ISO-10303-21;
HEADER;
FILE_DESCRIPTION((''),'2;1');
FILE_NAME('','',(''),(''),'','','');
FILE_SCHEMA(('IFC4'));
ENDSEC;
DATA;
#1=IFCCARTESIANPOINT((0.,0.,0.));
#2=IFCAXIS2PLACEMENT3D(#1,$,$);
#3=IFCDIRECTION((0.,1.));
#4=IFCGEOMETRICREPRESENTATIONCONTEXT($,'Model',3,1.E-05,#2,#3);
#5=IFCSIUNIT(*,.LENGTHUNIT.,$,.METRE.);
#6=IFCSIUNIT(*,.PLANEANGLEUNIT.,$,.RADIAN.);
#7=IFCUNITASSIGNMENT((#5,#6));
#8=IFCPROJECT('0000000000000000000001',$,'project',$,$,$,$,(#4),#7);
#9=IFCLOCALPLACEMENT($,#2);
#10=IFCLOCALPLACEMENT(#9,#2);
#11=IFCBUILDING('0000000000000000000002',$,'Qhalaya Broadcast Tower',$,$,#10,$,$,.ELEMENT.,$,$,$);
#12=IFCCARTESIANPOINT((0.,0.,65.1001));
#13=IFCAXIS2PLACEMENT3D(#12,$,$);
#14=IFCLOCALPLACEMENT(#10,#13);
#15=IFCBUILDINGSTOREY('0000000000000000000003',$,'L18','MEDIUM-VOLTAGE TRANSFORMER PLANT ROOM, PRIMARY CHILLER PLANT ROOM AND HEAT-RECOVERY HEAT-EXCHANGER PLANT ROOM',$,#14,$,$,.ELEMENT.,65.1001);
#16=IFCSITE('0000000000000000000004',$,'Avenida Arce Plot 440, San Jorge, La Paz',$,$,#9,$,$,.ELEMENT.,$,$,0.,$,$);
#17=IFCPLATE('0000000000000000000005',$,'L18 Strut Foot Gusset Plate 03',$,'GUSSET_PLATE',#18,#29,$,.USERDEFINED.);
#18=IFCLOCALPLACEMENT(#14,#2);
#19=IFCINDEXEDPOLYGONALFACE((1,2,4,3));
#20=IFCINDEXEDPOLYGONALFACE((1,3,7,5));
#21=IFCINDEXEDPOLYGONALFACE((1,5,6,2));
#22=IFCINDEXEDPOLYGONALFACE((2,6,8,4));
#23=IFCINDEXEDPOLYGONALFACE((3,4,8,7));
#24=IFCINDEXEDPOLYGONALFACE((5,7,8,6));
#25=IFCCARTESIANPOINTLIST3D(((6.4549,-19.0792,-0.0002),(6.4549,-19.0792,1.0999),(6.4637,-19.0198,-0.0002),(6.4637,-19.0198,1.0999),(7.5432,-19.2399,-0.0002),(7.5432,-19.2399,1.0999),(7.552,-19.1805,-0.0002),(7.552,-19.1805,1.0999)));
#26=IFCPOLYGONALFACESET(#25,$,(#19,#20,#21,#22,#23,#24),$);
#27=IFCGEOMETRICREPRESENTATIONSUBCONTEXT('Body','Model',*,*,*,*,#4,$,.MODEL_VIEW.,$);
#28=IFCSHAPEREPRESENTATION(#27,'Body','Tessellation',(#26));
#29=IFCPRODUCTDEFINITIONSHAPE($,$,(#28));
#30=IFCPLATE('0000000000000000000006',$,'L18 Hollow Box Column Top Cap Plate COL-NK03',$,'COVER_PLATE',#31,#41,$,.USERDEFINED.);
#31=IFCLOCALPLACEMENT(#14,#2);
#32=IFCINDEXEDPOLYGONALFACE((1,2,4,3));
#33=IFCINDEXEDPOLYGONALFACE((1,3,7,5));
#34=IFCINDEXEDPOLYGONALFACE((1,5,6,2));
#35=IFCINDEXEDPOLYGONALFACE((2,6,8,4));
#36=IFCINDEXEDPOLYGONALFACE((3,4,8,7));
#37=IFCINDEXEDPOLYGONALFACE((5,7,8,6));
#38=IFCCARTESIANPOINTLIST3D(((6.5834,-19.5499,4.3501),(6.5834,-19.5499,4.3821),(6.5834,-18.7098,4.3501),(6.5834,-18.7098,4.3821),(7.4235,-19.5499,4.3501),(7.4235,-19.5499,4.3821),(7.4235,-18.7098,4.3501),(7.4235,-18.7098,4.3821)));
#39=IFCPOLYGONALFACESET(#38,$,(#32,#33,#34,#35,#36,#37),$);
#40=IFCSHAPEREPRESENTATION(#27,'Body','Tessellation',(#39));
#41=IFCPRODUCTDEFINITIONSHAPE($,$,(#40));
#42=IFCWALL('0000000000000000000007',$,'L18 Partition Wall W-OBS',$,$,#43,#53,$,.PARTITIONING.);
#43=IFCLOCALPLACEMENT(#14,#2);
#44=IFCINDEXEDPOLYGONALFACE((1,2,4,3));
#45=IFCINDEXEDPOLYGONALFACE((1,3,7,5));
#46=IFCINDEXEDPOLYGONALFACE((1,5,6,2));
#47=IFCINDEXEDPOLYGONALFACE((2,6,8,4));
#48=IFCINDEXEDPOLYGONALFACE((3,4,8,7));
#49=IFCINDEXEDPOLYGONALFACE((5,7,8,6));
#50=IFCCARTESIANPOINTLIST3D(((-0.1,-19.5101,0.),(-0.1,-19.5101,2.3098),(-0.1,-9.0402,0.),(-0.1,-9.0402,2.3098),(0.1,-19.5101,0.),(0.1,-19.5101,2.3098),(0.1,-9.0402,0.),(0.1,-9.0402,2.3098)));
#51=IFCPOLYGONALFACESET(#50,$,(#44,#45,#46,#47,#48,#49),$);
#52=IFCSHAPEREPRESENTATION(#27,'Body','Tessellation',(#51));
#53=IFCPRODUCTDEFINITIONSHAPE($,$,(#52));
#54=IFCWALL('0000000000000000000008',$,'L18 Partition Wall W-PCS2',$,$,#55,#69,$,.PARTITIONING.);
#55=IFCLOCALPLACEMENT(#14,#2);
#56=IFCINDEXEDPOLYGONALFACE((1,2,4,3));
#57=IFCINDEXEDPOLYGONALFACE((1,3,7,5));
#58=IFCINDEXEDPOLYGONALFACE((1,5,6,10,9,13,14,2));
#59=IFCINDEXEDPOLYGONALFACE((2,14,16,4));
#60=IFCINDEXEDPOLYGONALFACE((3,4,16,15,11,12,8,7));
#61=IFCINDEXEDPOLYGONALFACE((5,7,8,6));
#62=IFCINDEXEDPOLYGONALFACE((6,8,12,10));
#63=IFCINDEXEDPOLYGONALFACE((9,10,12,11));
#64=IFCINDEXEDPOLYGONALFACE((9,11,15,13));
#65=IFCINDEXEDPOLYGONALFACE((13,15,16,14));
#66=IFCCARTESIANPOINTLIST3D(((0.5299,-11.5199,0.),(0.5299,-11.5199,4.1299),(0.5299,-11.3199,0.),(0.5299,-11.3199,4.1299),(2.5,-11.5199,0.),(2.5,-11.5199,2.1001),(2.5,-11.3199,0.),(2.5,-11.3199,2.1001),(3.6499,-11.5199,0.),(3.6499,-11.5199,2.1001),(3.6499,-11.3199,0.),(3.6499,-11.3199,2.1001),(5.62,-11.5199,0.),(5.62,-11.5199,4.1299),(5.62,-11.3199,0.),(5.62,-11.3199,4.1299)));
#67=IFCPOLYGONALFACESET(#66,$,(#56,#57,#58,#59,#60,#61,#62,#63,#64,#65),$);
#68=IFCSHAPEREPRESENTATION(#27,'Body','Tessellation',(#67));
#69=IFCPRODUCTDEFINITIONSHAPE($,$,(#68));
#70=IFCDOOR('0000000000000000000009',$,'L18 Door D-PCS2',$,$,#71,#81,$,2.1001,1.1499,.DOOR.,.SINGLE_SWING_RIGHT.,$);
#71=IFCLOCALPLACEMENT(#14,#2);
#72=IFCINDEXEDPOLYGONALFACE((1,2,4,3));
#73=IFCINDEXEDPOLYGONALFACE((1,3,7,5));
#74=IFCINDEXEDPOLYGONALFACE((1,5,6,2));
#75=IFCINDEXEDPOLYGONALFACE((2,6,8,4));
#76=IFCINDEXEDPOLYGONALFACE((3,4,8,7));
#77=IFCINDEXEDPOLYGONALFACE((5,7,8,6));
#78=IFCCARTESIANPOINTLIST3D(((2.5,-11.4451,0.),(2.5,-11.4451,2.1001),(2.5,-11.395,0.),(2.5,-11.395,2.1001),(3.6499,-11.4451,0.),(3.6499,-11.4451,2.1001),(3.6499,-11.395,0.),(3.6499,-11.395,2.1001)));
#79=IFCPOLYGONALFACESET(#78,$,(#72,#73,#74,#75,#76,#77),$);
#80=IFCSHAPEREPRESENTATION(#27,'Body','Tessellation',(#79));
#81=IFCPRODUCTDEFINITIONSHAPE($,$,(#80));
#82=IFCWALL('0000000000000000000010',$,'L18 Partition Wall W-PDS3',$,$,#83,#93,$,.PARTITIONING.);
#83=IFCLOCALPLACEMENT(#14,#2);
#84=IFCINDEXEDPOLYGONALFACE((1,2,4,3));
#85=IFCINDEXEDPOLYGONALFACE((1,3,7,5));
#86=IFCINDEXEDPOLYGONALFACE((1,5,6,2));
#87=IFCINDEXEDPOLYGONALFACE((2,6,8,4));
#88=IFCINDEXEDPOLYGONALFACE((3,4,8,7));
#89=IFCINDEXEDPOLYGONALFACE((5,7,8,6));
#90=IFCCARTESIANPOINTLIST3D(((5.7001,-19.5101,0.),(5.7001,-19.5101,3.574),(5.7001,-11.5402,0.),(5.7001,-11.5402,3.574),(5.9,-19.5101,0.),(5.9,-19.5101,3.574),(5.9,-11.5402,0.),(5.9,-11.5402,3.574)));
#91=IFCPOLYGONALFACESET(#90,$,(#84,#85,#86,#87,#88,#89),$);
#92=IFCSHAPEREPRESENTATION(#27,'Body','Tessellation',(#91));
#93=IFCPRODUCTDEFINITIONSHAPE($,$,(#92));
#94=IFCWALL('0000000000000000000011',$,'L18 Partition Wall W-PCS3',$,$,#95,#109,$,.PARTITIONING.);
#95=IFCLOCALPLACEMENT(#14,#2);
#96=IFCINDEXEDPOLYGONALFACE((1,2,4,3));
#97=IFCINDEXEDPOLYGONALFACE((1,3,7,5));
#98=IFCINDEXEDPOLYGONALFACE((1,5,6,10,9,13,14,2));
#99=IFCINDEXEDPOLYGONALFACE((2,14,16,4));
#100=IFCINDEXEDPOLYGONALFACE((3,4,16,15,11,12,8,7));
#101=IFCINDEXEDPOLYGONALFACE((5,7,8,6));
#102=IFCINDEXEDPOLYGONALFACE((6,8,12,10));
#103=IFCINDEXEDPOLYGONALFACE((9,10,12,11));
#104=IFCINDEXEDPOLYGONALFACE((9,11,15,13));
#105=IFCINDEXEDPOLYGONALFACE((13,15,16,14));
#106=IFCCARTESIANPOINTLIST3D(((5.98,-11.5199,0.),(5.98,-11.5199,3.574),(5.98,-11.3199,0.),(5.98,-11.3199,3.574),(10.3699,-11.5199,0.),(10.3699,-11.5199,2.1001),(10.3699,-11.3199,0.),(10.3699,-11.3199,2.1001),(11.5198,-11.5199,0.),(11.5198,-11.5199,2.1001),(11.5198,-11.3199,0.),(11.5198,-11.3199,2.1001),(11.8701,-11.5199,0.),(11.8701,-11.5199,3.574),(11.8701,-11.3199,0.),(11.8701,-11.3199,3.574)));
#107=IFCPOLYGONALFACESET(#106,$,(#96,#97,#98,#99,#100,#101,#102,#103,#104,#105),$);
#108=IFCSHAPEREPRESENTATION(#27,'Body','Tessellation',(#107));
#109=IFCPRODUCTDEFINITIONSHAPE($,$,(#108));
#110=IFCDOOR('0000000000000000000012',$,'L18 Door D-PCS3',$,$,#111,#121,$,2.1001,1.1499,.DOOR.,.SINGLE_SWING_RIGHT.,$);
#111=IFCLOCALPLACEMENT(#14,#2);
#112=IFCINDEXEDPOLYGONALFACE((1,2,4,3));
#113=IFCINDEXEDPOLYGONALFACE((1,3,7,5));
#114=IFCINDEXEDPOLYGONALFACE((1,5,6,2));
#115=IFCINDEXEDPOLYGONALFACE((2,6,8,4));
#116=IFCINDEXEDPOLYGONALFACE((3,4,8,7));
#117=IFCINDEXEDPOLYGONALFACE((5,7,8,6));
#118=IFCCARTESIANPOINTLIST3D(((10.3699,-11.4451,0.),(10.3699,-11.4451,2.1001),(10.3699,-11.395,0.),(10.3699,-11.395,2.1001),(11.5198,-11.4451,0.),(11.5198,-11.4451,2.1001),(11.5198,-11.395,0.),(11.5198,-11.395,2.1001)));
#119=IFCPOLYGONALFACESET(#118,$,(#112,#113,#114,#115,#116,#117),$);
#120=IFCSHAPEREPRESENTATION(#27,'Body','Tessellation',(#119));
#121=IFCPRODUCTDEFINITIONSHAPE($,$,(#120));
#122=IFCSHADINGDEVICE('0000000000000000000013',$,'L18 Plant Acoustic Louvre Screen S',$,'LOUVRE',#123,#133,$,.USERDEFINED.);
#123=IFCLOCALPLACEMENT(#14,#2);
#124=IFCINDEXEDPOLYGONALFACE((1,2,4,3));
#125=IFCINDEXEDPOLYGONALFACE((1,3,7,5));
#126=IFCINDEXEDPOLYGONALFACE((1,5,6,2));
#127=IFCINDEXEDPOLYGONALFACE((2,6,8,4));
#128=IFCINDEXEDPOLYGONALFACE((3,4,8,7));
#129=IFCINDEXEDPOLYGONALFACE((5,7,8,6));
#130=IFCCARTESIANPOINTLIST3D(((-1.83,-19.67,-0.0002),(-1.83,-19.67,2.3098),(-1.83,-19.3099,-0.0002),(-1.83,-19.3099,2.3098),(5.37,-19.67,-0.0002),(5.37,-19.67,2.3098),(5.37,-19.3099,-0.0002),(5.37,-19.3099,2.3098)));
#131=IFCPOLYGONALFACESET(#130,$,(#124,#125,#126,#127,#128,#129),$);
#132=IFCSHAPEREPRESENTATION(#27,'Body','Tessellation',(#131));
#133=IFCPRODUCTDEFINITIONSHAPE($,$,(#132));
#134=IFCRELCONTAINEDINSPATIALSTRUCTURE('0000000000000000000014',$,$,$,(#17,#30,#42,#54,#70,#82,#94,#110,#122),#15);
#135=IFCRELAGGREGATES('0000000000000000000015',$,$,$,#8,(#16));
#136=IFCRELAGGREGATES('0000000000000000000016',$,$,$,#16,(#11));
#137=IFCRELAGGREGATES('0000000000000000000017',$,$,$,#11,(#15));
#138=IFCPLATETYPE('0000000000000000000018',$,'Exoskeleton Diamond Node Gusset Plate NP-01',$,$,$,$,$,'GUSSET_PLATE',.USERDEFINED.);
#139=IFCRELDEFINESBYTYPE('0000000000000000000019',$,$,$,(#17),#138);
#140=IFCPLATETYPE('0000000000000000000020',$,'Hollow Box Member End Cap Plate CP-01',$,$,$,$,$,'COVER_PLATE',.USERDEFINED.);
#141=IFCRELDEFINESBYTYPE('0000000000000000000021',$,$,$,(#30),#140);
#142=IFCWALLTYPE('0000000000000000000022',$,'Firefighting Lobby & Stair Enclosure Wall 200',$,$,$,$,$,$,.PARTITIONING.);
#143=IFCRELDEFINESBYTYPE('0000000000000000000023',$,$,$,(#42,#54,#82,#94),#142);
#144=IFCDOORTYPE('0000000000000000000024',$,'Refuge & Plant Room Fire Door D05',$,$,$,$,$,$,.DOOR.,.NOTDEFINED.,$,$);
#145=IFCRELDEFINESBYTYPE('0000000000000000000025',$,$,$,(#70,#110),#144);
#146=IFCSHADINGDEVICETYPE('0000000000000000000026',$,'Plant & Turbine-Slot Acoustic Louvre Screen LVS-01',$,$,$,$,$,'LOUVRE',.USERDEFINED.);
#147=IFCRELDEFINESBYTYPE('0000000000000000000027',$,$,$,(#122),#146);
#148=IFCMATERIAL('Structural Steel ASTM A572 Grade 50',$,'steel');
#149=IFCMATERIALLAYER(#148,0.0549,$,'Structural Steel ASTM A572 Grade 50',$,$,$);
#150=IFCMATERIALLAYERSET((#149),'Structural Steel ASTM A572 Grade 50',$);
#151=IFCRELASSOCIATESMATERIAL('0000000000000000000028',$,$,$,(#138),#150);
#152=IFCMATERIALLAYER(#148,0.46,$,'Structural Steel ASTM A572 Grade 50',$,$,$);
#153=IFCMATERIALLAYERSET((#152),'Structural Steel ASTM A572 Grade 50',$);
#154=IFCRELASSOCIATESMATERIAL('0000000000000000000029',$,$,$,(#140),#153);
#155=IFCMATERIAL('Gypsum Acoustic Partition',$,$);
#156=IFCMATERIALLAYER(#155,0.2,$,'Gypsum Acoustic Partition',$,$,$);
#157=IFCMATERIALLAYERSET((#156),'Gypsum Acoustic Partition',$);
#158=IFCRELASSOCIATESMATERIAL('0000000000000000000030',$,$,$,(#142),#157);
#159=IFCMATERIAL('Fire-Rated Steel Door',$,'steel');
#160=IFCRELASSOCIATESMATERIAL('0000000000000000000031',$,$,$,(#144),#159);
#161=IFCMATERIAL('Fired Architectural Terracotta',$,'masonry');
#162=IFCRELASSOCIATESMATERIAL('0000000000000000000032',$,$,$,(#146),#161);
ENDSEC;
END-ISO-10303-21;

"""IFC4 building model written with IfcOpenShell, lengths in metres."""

from ifc_helpers import new_model, si_unit, direction, frame, frame_2d, origin, origin_2d, place, context, subcontext, project, spatial, rectangle, extrude, material, layer, layer_set, type_object, element, fill, save


model = new_model("IFC4")

# Units and contexts
model_context = context("Model", 3, precision=1e-05, world=origin(), true_north=direction((0.0, 1.0)))
body_context = subcontext(model_context, "Body", "Model", "MODEL_VIEW")
ifc_project = project(units=[si_unit("LENGTHUNIT", "METRE"), si_unit("PLANEANGLEUNIT", "RADIAN")], contexts=[model_context])

# Site, building, storey
site_placement = place(None, origin())
site = spatial("IfcSite", under=ifc_project, at=site_placement, Name="Avenida Arce Plot 440, San Jorge, La Paz", CompositionType="ELEMENT", RefElevation=0.0)
building_placement = place(site_placement, origin())
building = spatial("IfcBuilding", under=site, at=building_placement, Name="Qhalaya Broadcast Tower", CompositionType="ELEMENT")
storey_placement = place(building_placement, frame((0.0, 0.0, 65.1001)))
storey = spatial("IfcBuildingStorey", under=building, at=storey_placement, Name="L18", Description="MEDIUM-VOLTAGE TRANSFORMER PLANT ROOM, PRIMARY CHILLER PLANT ROOM AND HEAT-RECOVERY HEAT-EXCHANGER PLANT ROOM", CompositionType="ELEMENT", Elevation=65.1001)

# Shared definitions
ifc_material_1 = material(Name="Structural Steel ASTM A572 Grade 50", Category="steel")

# Plates
ifc_layer_1 = layer(ifc_material_1, 0.0549, Name="Structural Steel ASTM A572 Grade 50")
ifc_layer_set_1 = layer_set([ifc_layer_1], Name="Structural Steel ASTM A572 Grade 50")
plate_type_1 = type_object("IfcPlateType", Name="Exoskeleton Diamond Node Gusset Plate NP-01", ElementType="GUSSET_PLATE", PredefinedType="USERDEFINED", material=ifc_layer_set_1)
plate_1_placement = place(storey_placement, frame((7.0034, -19.1299, -0.0002), z_axis=(0.0, 0.0, 1.0), x_axis=(0.989272, -0.146083, 0.0)))
element("IfcPlate", 1, at=plate_1_placement, inside=storey, type_object=plate_type_1, Name="L18 Strut Foot Gusset Plate 03", ObjectType="GUSSET_PLATE", PredefinedType="USERDEFINED", context=body_context, shape_type="SweptSolid", body=[
    extrude(rectangle(XDim=1.1001, YDim=0.0601, at=origin_2d()), origin(), (0.0, 0.0, 1.0), 1.1001),
])
ifc_layer_2 = layer(ifc_material_1, 0.46, Name="Structural Steel ASTM A572 Grade 50")
ifc_layer_set_2 = layer_set([ifc_layer_2], Name="Structural Steel ASTM A572 Grade 50")
plate_type_2 = type_object("IfcPlateType", Name="Hollow Box Member End Cap Plate CP-01", ElementType="COVER_PLATE", PredefinedType="USERDEFINED", material=ifc_layer_set_2)
plate_2_placement = place(storey_placement, frame((7.0034, -19.1299, 4.3501), z_axis=(0.0, 0.0, 1.0), x_axis=(1.0, 0.0, 0.0)))
element("IfcPlate", 2, at=plate_2_placement, inside=storey, type_object=plate_type_2, Name="L18 Hollow Box Column Top Cap Plate COL-NK03", ObjectType="COVER_PLATE", PredefinedType="USERDEFINED", context=body_context, shape_type="SweptSolid", body=[
    extrude(rectangle(XDim=0.8401, YDim=0.8401, at=origin_2d()), origin(), (0.0, 0.0, 1.0), 0.032),
])

# Wall
ifc_material_2 = material(Name="Gypsum Acoustic Partition")
ifc_layer_3 = layer(ifc_material_2, 0.2, Name="Gypsum Acoustic Partition")
ifc_layer_set_3 = layer_set([ifc_layer_3], Name="Gypsum Acoustic Partition")
wall_type = type_object("IfcWallType", Name="Firefighting Lobby & Stair Enclosure Wall 200", PredefinedType="PARTITIONING", material=ifc_layer_set_3)
wall_1_placement = place(storey_placement, frame((0.0, -19.51, 0.0), z_axis=(0.0, 0.0, 1.0), x_axis=(0.0, 1.0, 0.0)))
element("IfcWall", 3, at=wall_1_placement, inside=storey, type_object=wall_type, Name="L18 Partition Wall W-OBS", PredefinedType="PARTITIONING", context=body_context, shape_type="SweptSolid", body=[
    extrude(rectangle(XDim=10.47, YDim=0.2, at=frame_2d((5.2349, 0.0))), origin(), (0.0, 0.0, 1.0), 2.3098),
])

# Wall, opening, door
wall_2_placement = place(storey_placement, frame((0.53, -11.4199, 0.0), z_axis=(0.0, 0.0, 1.0), x_axis=(1.0, 0.0, 0.0)))
wall_2 = element("IfcWall", 4, at=wall_2_placement, inside=storey, type_object=wall_type, Name="L18 Partition Wall W-PCS2", PredefinedType="PARTITIONING", context=body_context, shape_type="SweptSolid", body=[
    extrude(rectangle(XDim=5.0901, YDim=0.2, at=frame_2d((2.5449, 0.0))), origin(), (0.0, 0.0, 1.0), 4.1299),
])
opening_1_placement = place(wall_2_placement, frame((1.97, 0.0, 0.0)))
opening_1 = element("IfcOpeningElement", 5, at=opening_1_placement, cuts=wall_2, PredefinedType="OPENING", context=body_context, shape_type="SweptSolid", body=[
    extrude(rectangle(XDim=1.1499, YDim=2.1001, at=frame_2d((0.575, 1.05))), frame((0.0, 0.1121, 0.0), z_axis=(0.0, -1.0, 0.0), x_axis=(1.0, 0.0, 0.0)), (0.0, 0.0, 1.0), 0.2239),
])
ifc_material_3 = material(Name="Fire-Rated Steel Door", Category="steel")
door_type = type_object("IfcDoorType", Name="Refuge & Plant Room Fire Door D05", OperationType="NOTDEFINED", PredefinedType="DOOR", material=ifc_material_3)
door_1_placement = place(opening_1_placement, origin())
door_1 = element("IfcDoor", 6, at=door_1_placement, inside=storey, type_object=door_type, Name="L18 Door D-PCS2", OperationType="SINGLE_SWING_RIGHT", OverallHeight=2.1001, OverallWidth=1.1499, PredefinedType="DOOR", context=body_context, shape_type="SweptSolid", body=[
    extrude(rectangle(XDim=1.1499, YDim=2.1001, at=frame_2d((0.575, 1.05))), frame((0.0, 0.0249, 0.0), z_axis=(0.0, -1.0, 0.0), x_axis=(1.0, 0.0, 0.0)), (0.0, 0.0, 1.0), 0.05),
])
fill(opening_1, door_1)

# Wall
wall_3_placement = place(storey_placement, frame((5.8, -19.51, 0.0), z_axis=(0.0, 0.0, 1.0), x_axis=(0.0, 1.0, 0.0)))
element("IfcWall", 7, at=wall_3_placement, inside=storey, type_object=wall_type, Name="L18 Partition Wall W-PDS3", PredefinedType="PARTITIONING", context=body_context, shape_type="SweptSolid", body=[
    extrude(rectangle(XDim=7.97, YDim=0.2, at=frame_2d((3.9849, 0.0))), origin(), (0.0, 0.0, 1.0), 3.574),
])

# Wall, opening, door
wall_4_placement = place(storey_placement, frame((5.98, -11.4199, 0.0), z_axis=(0.0, 0.0, 1.0), x_axis=(1.0, 0.0, 0.0)))
wall_4 = element("IfcWall", 8, at=wall_4_placement, inside=storey, type_object=wall_type, Name="L18 Partition Wall W-PCS3", PredefinedType="PARTITIONING", context=body_context, shape_type="SweptSolid", body=[
    extrude(rectangle(XDim=5.8901, YDim=0.2, at=frame_2d((2.9451, 0.0))), origin(), (0.0, 0.0, 1.0), 3.574),
])
opening_2_placement = place(wall_4_placement, frame((4.3899, 0.0, 0.0)))
opening_2 = element("IfcOpeningElement", 9, at=opening_2_placement, cuts=wall_4, PredefinedType="OPENING", context=body_context, shape_type="SweptSolid", body=[
    extrude(rectangle(XDim=1.1499, YDim=2.1001, at=frame_2d((0.575, 1.05))), frame((0.0, 0.1121, 0.0), z_axis=(0.0, -1.0, 0.0), x_axis=(1.0, 0.0, 0.0)), (0.0, 0.0, 1.0), 0.2239),
])
door_2_placement = place(opening_2_placement, origin())
door_2 = element("IfcDoor", 10, at=door_2_placement, inside=storey, type_object=door_type, Name="L18 Door D-PCS3", OperationType="SINGLE_SWING_RIGHT", OverallHeight=2.1001, OverallWidth=1.1499, PredefinedType="DOOR", context=body_context, shape_type="SweptSolid", body=[
    extrude(rectangle(XDim=1.1499, YDim=2.1001, at=frame_2d((0.575, 1.05))), frame((0.0, 0.0249, 0.0), z_axis=(0.0, -1.0, 0.0), x_axis=(1.0, 0.0, 0.0)), (0.0, 0.0, 1.0), 0.05),
])
fill(opening_2, door_2)

# Shading device
ifc_material_4 = material(Name="Fired Architectural Terracotta", Category="masonry")
shading_device_type = type_object("IfcShadingDeviceType", Name="Plant & Turbine-Slot Acoustic Louvre Screen LVS-01", ElementType="LOUVRE", PredefinedType="USERDEFINED", material=ifc_material_4)
shading_device_placement = place(storey_placement, frame((1.77, -19.49, -0.0002), z_axis=(0.0, 0.0, 1.0), x_axis=(-1.0, 0.0, 0.0)))
element("IfcShadingDevice", 11, at=shading_device_placement, inside=storey, type_object=shading_device_type, Name="L18 Plant Acoustic Louvre Screen S", ObjectType="LOUVRE", PredefinedType="USERDEFINED", context=body_context, shape_type="SweptSolid", body=[
    extrude(rectangle(XDim=7.2, YDim=0.3601, at=origin_2d()), origin(), (0.0, 0.0, 1.0), 2.3101),
])

save(model, "model.ifc")
